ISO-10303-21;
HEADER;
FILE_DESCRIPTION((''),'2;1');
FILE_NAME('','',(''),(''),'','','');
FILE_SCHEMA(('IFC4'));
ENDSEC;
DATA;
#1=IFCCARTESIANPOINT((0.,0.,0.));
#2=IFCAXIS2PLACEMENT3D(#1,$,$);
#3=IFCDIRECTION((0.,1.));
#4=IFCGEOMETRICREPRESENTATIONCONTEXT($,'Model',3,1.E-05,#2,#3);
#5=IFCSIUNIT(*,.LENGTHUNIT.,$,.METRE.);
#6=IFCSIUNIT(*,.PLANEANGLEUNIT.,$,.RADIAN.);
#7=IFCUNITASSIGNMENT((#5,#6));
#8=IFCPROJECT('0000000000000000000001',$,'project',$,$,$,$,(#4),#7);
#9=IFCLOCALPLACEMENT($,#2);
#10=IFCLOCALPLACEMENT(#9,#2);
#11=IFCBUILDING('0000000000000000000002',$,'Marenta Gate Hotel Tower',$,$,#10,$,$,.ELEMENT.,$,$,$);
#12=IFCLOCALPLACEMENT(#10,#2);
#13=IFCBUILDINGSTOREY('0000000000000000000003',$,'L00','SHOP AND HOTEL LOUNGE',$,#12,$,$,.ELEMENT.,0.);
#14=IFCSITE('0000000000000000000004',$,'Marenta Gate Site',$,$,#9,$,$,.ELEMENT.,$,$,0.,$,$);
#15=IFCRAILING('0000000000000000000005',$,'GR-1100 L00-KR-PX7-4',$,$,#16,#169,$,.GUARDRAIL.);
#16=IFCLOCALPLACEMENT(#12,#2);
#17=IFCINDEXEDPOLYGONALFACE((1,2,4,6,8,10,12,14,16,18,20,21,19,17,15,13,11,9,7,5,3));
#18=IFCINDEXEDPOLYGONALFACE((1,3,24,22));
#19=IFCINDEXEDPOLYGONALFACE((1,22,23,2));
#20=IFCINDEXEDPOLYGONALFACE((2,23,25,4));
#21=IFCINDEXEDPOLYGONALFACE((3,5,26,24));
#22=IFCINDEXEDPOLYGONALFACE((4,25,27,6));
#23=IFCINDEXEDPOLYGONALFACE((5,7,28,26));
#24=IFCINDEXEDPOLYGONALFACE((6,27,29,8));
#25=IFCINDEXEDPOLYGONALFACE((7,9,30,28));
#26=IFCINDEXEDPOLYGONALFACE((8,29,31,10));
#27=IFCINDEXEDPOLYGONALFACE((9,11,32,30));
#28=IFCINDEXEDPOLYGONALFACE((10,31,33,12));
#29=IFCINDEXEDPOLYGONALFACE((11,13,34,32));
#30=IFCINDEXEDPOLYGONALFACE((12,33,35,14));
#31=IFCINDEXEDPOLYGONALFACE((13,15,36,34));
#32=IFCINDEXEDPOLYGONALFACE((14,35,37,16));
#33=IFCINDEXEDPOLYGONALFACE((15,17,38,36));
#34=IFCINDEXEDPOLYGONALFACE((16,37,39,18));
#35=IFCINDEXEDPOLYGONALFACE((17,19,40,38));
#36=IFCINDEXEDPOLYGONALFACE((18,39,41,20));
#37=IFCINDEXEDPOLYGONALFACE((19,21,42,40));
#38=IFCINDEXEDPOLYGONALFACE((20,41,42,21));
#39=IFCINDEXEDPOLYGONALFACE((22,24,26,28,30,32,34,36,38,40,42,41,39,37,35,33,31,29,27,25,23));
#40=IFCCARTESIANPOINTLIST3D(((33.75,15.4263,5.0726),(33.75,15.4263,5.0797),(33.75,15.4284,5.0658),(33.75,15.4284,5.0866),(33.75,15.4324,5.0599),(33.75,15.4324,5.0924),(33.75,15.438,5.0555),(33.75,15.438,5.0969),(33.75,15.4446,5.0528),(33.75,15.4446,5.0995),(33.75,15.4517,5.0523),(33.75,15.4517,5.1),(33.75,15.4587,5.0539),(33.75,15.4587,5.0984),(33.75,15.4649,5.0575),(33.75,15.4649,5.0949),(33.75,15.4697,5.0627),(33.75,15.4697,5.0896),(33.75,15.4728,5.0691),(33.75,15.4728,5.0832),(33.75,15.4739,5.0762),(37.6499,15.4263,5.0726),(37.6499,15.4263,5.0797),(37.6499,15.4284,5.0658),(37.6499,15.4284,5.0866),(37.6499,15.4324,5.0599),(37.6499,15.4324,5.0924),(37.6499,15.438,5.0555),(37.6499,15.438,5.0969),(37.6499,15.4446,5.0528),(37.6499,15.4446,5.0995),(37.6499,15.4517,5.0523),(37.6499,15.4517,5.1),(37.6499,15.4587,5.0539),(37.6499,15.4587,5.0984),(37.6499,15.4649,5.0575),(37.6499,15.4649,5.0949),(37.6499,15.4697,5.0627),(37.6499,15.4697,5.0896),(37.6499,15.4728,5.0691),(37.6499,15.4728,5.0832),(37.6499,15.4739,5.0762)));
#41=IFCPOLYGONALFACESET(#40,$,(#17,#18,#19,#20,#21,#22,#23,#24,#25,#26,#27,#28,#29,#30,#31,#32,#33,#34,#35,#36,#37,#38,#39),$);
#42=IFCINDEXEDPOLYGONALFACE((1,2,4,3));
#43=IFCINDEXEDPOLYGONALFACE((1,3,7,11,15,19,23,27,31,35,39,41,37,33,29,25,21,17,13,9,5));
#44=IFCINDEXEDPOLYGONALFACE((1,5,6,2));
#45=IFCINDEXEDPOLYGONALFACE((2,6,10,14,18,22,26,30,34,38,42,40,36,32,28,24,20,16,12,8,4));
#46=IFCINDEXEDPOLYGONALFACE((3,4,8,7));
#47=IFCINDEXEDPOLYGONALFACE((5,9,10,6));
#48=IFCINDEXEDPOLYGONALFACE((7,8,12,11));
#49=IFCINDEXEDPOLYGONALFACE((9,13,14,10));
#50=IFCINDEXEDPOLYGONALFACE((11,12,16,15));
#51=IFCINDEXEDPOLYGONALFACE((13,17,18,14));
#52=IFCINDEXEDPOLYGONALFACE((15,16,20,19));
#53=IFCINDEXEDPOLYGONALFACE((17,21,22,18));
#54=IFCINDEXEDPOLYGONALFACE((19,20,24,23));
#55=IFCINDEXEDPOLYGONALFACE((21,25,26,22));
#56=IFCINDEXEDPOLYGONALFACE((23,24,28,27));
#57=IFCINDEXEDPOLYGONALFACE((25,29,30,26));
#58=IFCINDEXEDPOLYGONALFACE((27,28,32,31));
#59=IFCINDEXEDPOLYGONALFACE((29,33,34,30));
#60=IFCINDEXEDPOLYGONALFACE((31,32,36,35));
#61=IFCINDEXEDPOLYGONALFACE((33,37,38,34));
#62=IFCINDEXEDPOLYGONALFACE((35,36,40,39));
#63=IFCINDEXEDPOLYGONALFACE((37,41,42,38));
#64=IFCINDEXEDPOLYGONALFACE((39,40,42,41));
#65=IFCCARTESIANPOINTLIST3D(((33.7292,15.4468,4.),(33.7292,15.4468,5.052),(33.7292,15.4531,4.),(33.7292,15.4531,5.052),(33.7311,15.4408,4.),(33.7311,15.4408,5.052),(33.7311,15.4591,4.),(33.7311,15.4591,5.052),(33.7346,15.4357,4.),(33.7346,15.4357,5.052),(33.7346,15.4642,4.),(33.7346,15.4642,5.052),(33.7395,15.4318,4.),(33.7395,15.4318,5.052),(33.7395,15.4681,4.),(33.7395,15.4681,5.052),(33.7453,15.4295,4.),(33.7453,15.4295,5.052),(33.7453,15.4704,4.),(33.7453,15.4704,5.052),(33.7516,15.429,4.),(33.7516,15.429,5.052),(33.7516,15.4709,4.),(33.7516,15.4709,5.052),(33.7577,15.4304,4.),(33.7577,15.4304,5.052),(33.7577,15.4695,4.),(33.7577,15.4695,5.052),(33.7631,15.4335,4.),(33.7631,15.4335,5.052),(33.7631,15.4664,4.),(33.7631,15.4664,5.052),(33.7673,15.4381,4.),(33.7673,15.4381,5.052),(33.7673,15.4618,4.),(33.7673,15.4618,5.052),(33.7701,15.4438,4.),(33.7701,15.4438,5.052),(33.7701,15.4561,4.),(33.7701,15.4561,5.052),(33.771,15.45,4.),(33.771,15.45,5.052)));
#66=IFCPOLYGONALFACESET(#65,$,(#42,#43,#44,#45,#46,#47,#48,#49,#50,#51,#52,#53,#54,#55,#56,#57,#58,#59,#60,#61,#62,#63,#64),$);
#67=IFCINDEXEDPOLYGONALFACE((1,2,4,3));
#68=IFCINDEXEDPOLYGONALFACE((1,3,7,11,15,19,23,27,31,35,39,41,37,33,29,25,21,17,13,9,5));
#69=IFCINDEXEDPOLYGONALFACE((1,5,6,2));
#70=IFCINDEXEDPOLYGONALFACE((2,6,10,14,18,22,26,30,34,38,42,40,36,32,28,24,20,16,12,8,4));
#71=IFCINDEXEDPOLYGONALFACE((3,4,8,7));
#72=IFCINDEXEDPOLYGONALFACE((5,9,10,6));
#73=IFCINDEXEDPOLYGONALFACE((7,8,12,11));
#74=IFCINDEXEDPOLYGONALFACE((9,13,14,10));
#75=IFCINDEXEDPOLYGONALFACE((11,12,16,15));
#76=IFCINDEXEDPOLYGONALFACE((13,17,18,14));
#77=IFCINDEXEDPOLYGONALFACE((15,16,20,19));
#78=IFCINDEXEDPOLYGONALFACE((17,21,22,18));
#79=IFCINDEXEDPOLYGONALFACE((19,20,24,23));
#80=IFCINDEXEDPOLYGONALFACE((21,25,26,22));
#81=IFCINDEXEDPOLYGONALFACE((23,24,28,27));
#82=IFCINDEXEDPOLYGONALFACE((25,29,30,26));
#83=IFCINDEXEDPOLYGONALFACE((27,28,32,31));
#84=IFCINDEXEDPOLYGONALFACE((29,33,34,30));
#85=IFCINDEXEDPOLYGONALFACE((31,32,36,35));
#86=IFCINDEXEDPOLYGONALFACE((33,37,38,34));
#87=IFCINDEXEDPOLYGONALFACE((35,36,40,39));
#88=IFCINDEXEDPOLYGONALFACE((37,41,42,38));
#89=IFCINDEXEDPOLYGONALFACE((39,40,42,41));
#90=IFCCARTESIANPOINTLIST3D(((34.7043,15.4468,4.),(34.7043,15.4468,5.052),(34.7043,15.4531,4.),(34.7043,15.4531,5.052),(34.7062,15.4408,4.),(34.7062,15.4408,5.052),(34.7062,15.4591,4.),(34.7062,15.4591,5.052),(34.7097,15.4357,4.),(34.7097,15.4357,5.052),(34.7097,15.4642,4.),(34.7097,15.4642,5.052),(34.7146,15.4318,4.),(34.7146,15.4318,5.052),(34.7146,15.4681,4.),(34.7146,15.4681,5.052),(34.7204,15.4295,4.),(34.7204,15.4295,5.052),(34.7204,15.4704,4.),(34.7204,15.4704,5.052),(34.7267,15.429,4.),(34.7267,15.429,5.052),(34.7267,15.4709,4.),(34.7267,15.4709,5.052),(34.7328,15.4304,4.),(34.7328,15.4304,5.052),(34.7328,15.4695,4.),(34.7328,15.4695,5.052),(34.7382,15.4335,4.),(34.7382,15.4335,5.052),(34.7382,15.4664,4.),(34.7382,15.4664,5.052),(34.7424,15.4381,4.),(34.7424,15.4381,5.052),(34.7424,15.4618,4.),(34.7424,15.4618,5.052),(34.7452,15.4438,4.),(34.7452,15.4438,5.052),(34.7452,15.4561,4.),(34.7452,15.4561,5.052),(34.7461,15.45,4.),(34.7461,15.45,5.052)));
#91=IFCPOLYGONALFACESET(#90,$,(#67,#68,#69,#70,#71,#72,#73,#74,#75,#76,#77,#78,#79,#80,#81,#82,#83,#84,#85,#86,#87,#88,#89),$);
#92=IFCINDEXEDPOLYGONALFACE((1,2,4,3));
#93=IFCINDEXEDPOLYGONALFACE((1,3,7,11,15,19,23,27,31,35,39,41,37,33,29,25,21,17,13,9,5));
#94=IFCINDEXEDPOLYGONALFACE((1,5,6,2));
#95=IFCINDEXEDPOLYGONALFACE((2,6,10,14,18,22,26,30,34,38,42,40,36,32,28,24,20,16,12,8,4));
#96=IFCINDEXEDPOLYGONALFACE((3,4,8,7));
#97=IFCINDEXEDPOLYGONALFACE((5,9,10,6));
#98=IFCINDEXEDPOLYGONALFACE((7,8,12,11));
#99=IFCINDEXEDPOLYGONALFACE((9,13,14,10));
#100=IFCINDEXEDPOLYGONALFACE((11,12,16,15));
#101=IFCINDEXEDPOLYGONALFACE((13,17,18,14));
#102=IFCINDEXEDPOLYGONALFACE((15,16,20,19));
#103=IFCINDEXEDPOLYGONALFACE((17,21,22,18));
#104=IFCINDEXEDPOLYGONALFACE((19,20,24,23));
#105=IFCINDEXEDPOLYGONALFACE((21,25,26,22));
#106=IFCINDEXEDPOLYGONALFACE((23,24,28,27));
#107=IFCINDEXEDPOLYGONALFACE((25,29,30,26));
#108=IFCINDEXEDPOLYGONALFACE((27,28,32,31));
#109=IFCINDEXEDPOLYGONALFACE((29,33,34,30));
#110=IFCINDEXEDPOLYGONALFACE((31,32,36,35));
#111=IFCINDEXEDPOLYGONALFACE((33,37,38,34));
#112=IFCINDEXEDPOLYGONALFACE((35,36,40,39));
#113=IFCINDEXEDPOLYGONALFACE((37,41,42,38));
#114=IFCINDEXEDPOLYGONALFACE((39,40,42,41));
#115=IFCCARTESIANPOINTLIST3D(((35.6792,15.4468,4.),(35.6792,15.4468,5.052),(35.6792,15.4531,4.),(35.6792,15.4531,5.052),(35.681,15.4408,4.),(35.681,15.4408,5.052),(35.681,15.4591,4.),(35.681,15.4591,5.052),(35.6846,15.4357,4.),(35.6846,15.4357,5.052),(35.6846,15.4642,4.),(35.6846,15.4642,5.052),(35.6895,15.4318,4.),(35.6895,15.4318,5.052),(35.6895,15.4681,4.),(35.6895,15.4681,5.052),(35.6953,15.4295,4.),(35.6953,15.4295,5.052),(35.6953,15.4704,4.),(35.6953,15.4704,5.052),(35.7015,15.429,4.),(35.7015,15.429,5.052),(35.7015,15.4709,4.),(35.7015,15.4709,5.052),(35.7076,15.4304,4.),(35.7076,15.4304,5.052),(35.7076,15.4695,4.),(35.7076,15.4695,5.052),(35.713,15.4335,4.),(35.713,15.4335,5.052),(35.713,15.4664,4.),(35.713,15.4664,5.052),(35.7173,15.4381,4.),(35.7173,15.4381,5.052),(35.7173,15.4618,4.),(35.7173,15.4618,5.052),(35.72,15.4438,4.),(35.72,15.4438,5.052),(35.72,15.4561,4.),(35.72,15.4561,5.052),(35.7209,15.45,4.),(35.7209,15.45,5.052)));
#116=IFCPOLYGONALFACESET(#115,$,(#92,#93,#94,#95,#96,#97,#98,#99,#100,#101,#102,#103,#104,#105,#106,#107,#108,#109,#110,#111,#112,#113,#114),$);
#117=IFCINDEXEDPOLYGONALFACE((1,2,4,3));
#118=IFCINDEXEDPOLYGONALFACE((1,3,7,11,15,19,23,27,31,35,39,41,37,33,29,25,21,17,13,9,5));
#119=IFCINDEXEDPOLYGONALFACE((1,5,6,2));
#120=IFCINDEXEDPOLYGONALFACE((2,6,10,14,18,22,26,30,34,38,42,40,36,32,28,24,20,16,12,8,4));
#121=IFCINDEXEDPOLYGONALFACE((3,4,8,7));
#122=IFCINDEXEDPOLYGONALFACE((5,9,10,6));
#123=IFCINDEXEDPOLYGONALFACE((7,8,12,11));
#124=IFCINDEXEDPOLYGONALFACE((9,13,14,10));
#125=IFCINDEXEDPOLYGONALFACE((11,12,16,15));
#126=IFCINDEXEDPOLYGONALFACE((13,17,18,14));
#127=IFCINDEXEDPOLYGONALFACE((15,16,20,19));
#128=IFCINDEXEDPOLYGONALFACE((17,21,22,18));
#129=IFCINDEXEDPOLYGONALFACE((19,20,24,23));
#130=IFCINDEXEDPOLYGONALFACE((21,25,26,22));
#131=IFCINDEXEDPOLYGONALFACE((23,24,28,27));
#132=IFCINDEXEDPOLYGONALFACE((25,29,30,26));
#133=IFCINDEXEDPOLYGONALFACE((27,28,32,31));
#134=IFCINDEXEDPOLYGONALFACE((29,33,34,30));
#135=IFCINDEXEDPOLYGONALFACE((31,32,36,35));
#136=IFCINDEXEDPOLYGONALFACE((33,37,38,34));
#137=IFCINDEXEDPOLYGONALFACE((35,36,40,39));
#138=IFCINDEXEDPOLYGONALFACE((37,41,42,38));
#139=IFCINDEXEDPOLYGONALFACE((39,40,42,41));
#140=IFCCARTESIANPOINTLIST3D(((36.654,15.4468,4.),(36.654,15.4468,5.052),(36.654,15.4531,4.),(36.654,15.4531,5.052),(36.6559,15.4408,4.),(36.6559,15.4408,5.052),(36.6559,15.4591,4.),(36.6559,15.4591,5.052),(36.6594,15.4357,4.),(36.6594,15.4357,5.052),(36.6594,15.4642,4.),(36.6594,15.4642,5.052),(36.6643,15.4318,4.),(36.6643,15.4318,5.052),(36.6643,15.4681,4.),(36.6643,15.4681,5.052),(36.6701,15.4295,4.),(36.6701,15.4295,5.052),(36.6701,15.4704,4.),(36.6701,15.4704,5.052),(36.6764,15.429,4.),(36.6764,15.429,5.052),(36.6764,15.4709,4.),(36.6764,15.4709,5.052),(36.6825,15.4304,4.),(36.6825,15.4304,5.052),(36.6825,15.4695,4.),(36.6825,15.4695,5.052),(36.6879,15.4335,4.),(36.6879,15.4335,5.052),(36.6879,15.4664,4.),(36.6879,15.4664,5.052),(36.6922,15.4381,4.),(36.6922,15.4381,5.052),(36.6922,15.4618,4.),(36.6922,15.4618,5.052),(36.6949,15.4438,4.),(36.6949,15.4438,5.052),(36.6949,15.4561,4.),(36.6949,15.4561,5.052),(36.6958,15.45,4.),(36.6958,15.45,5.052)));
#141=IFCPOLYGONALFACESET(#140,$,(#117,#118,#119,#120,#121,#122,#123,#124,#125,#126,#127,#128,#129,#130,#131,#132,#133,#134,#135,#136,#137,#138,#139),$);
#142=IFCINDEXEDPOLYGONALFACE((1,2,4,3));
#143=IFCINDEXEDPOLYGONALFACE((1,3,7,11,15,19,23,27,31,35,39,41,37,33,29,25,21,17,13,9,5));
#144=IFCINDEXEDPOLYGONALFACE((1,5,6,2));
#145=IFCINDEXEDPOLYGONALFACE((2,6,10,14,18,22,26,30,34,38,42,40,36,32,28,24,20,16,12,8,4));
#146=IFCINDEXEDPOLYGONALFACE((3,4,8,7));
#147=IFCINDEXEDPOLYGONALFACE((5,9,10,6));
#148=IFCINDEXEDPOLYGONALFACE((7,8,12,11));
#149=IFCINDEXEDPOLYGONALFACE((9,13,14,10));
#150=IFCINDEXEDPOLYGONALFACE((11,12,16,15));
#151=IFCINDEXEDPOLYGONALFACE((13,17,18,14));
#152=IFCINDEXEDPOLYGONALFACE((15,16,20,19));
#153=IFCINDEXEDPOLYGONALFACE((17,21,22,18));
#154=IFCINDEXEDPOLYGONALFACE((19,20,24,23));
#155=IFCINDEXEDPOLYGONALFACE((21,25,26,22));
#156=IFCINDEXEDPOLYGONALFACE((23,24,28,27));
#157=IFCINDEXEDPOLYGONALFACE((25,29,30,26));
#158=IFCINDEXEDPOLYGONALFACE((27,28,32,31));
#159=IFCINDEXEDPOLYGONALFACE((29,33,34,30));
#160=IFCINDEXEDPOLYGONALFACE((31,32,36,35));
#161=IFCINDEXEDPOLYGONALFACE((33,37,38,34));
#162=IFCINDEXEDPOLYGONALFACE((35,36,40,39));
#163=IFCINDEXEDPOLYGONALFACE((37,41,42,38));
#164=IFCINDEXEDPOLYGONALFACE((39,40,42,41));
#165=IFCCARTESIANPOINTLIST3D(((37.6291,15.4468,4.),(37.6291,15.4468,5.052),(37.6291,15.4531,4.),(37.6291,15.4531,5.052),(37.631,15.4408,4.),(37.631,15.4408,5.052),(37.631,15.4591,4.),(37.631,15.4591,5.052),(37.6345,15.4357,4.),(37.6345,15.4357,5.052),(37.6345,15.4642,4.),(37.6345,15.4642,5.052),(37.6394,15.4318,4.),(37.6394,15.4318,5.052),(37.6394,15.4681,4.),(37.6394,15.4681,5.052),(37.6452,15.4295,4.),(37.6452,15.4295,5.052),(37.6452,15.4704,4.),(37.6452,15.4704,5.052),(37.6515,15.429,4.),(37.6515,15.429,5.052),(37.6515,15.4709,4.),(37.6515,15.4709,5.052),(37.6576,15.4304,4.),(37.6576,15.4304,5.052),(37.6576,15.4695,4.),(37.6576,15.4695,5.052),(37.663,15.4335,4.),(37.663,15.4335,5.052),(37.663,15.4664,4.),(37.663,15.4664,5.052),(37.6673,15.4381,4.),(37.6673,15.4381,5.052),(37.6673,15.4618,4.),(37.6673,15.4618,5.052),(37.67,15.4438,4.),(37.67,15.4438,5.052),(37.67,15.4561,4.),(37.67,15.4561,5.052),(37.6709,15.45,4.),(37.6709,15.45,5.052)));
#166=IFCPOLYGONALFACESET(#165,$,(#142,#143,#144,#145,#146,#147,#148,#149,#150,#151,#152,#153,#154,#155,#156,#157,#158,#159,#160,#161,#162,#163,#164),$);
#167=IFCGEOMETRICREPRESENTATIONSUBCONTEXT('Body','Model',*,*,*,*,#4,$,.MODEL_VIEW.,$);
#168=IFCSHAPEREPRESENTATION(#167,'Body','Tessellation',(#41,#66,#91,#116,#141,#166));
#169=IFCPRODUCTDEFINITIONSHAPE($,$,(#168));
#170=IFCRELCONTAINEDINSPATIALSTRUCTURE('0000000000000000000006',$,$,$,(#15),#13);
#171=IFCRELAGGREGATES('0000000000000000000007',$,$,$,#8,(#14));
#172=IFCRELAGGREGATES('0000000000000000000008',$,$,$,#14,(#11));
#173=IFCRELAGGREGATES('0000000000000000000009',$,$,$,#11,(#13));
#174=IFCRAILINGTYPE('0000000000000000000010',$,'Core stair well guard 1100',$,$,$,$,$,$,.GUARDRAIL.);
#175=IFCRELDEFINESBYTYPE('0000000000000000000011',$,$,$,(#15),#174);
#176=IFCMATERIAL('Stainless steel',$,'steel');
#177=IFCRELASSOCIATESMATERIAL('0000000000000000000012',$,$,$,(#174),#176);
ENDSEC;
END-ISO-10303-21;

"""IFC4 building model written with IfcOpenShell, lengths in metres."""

from ifc_helpers import new_model, si_unit, direction, frame, origin, origin_2d, place, context, subcontext, project, spatial, circle, extrude, material, type_object, element, save


model = new_model("IFC4")

# Units and contexts
model_context = context("Model", 3, precision=1e-05, world=origin(), true_north=direction((0.0, 1.0)))
body_context = subcontext(model_context, "Body", "Model", "MODEL_VIEW")
ifc_project = project(units=[si_unit("LENGTHUNIT", "METRE"), si_unit("PLANEANGLEUNIT", "RADIAN")], contexts=[model_context])

# Site, building, storey
site_placement = place(None, origin())
site = spatial("IfcSite", under=ifc_project, at=site_placement, Name="Marenta Gate Site", CompositionType="ELEMENT", RefElevation=0.0)
building_placement = place(site_placement, origin())
building = spatial("IfcBuilding", under=site, at=building_placement, Name="Marenta Gate Hotel Tower", CompositionType="ELEMENT")
storey_placement = place(building_placement, origin())
storey = spatial("IfcBuildingStorey", under=building, at=storey_placement, Name="L00", Description="SHOP AND HOTEL LOUNGE", CompositionType="ELEMENT", Elevation=0.0)

# Railing
ifc_material_1 = material(Name="Stainless steel", Category="steel")
railing_type_1 = type_object("IfcRailingType", Name="Core stair well guard 1100", PredefinedType="GUARDRAIL", material=ifc_material_1)
railing_1_placement = place(storey_placement, frame((33.75, 15.45, 4.0)))
element("IfcRailing", 1, at=railing_1_placement, inside=storey, type_object=railing_type_1, Name="GR-1100 L00-KR-PX7-4", PredefinedType="GUARDRAIL", context=body_context, shape_type="SweptSolid", body=[
    extrude(circle(Radius=0.0239, at=origin_2d()), frame((0.0, 0.0, 1.0762), z_axis=(1.0, 0.0, 0.0), x_axis=(0.0, 1.0, 0.0)), (0.0, 0.0, 1.0), 3.8999),
    extrude(circle(Radius=0.021, at=origin_2d()), origin(), (0.0, 0.0, 1.0), 1.052),
    extrude(circle(Radius=0.021, at=origin_2d()), frame((0.9751, 0.0, 0.0)), (0.0, 0.0, 1.0), 1.052),
    extrude(circle(Radius=0.021, at=origin_2d()), frame((1.95, 0.0, 0.0)), (0.0, 0.0, 1.0), 1.052),
    extrude(circle(Radius=0.021, at=origin_2d()), frame((2.9248, 0.0, 0.0)), (0.0, 0.0, 1.0), 1.052),
    extrude(circle(Radius=0.021, at=origin_2d()), frame((3.8999, 0.0, 0.0)), (0.0, 0.0, 1.0), 1.052),
])

save(model, "model.ifc")
